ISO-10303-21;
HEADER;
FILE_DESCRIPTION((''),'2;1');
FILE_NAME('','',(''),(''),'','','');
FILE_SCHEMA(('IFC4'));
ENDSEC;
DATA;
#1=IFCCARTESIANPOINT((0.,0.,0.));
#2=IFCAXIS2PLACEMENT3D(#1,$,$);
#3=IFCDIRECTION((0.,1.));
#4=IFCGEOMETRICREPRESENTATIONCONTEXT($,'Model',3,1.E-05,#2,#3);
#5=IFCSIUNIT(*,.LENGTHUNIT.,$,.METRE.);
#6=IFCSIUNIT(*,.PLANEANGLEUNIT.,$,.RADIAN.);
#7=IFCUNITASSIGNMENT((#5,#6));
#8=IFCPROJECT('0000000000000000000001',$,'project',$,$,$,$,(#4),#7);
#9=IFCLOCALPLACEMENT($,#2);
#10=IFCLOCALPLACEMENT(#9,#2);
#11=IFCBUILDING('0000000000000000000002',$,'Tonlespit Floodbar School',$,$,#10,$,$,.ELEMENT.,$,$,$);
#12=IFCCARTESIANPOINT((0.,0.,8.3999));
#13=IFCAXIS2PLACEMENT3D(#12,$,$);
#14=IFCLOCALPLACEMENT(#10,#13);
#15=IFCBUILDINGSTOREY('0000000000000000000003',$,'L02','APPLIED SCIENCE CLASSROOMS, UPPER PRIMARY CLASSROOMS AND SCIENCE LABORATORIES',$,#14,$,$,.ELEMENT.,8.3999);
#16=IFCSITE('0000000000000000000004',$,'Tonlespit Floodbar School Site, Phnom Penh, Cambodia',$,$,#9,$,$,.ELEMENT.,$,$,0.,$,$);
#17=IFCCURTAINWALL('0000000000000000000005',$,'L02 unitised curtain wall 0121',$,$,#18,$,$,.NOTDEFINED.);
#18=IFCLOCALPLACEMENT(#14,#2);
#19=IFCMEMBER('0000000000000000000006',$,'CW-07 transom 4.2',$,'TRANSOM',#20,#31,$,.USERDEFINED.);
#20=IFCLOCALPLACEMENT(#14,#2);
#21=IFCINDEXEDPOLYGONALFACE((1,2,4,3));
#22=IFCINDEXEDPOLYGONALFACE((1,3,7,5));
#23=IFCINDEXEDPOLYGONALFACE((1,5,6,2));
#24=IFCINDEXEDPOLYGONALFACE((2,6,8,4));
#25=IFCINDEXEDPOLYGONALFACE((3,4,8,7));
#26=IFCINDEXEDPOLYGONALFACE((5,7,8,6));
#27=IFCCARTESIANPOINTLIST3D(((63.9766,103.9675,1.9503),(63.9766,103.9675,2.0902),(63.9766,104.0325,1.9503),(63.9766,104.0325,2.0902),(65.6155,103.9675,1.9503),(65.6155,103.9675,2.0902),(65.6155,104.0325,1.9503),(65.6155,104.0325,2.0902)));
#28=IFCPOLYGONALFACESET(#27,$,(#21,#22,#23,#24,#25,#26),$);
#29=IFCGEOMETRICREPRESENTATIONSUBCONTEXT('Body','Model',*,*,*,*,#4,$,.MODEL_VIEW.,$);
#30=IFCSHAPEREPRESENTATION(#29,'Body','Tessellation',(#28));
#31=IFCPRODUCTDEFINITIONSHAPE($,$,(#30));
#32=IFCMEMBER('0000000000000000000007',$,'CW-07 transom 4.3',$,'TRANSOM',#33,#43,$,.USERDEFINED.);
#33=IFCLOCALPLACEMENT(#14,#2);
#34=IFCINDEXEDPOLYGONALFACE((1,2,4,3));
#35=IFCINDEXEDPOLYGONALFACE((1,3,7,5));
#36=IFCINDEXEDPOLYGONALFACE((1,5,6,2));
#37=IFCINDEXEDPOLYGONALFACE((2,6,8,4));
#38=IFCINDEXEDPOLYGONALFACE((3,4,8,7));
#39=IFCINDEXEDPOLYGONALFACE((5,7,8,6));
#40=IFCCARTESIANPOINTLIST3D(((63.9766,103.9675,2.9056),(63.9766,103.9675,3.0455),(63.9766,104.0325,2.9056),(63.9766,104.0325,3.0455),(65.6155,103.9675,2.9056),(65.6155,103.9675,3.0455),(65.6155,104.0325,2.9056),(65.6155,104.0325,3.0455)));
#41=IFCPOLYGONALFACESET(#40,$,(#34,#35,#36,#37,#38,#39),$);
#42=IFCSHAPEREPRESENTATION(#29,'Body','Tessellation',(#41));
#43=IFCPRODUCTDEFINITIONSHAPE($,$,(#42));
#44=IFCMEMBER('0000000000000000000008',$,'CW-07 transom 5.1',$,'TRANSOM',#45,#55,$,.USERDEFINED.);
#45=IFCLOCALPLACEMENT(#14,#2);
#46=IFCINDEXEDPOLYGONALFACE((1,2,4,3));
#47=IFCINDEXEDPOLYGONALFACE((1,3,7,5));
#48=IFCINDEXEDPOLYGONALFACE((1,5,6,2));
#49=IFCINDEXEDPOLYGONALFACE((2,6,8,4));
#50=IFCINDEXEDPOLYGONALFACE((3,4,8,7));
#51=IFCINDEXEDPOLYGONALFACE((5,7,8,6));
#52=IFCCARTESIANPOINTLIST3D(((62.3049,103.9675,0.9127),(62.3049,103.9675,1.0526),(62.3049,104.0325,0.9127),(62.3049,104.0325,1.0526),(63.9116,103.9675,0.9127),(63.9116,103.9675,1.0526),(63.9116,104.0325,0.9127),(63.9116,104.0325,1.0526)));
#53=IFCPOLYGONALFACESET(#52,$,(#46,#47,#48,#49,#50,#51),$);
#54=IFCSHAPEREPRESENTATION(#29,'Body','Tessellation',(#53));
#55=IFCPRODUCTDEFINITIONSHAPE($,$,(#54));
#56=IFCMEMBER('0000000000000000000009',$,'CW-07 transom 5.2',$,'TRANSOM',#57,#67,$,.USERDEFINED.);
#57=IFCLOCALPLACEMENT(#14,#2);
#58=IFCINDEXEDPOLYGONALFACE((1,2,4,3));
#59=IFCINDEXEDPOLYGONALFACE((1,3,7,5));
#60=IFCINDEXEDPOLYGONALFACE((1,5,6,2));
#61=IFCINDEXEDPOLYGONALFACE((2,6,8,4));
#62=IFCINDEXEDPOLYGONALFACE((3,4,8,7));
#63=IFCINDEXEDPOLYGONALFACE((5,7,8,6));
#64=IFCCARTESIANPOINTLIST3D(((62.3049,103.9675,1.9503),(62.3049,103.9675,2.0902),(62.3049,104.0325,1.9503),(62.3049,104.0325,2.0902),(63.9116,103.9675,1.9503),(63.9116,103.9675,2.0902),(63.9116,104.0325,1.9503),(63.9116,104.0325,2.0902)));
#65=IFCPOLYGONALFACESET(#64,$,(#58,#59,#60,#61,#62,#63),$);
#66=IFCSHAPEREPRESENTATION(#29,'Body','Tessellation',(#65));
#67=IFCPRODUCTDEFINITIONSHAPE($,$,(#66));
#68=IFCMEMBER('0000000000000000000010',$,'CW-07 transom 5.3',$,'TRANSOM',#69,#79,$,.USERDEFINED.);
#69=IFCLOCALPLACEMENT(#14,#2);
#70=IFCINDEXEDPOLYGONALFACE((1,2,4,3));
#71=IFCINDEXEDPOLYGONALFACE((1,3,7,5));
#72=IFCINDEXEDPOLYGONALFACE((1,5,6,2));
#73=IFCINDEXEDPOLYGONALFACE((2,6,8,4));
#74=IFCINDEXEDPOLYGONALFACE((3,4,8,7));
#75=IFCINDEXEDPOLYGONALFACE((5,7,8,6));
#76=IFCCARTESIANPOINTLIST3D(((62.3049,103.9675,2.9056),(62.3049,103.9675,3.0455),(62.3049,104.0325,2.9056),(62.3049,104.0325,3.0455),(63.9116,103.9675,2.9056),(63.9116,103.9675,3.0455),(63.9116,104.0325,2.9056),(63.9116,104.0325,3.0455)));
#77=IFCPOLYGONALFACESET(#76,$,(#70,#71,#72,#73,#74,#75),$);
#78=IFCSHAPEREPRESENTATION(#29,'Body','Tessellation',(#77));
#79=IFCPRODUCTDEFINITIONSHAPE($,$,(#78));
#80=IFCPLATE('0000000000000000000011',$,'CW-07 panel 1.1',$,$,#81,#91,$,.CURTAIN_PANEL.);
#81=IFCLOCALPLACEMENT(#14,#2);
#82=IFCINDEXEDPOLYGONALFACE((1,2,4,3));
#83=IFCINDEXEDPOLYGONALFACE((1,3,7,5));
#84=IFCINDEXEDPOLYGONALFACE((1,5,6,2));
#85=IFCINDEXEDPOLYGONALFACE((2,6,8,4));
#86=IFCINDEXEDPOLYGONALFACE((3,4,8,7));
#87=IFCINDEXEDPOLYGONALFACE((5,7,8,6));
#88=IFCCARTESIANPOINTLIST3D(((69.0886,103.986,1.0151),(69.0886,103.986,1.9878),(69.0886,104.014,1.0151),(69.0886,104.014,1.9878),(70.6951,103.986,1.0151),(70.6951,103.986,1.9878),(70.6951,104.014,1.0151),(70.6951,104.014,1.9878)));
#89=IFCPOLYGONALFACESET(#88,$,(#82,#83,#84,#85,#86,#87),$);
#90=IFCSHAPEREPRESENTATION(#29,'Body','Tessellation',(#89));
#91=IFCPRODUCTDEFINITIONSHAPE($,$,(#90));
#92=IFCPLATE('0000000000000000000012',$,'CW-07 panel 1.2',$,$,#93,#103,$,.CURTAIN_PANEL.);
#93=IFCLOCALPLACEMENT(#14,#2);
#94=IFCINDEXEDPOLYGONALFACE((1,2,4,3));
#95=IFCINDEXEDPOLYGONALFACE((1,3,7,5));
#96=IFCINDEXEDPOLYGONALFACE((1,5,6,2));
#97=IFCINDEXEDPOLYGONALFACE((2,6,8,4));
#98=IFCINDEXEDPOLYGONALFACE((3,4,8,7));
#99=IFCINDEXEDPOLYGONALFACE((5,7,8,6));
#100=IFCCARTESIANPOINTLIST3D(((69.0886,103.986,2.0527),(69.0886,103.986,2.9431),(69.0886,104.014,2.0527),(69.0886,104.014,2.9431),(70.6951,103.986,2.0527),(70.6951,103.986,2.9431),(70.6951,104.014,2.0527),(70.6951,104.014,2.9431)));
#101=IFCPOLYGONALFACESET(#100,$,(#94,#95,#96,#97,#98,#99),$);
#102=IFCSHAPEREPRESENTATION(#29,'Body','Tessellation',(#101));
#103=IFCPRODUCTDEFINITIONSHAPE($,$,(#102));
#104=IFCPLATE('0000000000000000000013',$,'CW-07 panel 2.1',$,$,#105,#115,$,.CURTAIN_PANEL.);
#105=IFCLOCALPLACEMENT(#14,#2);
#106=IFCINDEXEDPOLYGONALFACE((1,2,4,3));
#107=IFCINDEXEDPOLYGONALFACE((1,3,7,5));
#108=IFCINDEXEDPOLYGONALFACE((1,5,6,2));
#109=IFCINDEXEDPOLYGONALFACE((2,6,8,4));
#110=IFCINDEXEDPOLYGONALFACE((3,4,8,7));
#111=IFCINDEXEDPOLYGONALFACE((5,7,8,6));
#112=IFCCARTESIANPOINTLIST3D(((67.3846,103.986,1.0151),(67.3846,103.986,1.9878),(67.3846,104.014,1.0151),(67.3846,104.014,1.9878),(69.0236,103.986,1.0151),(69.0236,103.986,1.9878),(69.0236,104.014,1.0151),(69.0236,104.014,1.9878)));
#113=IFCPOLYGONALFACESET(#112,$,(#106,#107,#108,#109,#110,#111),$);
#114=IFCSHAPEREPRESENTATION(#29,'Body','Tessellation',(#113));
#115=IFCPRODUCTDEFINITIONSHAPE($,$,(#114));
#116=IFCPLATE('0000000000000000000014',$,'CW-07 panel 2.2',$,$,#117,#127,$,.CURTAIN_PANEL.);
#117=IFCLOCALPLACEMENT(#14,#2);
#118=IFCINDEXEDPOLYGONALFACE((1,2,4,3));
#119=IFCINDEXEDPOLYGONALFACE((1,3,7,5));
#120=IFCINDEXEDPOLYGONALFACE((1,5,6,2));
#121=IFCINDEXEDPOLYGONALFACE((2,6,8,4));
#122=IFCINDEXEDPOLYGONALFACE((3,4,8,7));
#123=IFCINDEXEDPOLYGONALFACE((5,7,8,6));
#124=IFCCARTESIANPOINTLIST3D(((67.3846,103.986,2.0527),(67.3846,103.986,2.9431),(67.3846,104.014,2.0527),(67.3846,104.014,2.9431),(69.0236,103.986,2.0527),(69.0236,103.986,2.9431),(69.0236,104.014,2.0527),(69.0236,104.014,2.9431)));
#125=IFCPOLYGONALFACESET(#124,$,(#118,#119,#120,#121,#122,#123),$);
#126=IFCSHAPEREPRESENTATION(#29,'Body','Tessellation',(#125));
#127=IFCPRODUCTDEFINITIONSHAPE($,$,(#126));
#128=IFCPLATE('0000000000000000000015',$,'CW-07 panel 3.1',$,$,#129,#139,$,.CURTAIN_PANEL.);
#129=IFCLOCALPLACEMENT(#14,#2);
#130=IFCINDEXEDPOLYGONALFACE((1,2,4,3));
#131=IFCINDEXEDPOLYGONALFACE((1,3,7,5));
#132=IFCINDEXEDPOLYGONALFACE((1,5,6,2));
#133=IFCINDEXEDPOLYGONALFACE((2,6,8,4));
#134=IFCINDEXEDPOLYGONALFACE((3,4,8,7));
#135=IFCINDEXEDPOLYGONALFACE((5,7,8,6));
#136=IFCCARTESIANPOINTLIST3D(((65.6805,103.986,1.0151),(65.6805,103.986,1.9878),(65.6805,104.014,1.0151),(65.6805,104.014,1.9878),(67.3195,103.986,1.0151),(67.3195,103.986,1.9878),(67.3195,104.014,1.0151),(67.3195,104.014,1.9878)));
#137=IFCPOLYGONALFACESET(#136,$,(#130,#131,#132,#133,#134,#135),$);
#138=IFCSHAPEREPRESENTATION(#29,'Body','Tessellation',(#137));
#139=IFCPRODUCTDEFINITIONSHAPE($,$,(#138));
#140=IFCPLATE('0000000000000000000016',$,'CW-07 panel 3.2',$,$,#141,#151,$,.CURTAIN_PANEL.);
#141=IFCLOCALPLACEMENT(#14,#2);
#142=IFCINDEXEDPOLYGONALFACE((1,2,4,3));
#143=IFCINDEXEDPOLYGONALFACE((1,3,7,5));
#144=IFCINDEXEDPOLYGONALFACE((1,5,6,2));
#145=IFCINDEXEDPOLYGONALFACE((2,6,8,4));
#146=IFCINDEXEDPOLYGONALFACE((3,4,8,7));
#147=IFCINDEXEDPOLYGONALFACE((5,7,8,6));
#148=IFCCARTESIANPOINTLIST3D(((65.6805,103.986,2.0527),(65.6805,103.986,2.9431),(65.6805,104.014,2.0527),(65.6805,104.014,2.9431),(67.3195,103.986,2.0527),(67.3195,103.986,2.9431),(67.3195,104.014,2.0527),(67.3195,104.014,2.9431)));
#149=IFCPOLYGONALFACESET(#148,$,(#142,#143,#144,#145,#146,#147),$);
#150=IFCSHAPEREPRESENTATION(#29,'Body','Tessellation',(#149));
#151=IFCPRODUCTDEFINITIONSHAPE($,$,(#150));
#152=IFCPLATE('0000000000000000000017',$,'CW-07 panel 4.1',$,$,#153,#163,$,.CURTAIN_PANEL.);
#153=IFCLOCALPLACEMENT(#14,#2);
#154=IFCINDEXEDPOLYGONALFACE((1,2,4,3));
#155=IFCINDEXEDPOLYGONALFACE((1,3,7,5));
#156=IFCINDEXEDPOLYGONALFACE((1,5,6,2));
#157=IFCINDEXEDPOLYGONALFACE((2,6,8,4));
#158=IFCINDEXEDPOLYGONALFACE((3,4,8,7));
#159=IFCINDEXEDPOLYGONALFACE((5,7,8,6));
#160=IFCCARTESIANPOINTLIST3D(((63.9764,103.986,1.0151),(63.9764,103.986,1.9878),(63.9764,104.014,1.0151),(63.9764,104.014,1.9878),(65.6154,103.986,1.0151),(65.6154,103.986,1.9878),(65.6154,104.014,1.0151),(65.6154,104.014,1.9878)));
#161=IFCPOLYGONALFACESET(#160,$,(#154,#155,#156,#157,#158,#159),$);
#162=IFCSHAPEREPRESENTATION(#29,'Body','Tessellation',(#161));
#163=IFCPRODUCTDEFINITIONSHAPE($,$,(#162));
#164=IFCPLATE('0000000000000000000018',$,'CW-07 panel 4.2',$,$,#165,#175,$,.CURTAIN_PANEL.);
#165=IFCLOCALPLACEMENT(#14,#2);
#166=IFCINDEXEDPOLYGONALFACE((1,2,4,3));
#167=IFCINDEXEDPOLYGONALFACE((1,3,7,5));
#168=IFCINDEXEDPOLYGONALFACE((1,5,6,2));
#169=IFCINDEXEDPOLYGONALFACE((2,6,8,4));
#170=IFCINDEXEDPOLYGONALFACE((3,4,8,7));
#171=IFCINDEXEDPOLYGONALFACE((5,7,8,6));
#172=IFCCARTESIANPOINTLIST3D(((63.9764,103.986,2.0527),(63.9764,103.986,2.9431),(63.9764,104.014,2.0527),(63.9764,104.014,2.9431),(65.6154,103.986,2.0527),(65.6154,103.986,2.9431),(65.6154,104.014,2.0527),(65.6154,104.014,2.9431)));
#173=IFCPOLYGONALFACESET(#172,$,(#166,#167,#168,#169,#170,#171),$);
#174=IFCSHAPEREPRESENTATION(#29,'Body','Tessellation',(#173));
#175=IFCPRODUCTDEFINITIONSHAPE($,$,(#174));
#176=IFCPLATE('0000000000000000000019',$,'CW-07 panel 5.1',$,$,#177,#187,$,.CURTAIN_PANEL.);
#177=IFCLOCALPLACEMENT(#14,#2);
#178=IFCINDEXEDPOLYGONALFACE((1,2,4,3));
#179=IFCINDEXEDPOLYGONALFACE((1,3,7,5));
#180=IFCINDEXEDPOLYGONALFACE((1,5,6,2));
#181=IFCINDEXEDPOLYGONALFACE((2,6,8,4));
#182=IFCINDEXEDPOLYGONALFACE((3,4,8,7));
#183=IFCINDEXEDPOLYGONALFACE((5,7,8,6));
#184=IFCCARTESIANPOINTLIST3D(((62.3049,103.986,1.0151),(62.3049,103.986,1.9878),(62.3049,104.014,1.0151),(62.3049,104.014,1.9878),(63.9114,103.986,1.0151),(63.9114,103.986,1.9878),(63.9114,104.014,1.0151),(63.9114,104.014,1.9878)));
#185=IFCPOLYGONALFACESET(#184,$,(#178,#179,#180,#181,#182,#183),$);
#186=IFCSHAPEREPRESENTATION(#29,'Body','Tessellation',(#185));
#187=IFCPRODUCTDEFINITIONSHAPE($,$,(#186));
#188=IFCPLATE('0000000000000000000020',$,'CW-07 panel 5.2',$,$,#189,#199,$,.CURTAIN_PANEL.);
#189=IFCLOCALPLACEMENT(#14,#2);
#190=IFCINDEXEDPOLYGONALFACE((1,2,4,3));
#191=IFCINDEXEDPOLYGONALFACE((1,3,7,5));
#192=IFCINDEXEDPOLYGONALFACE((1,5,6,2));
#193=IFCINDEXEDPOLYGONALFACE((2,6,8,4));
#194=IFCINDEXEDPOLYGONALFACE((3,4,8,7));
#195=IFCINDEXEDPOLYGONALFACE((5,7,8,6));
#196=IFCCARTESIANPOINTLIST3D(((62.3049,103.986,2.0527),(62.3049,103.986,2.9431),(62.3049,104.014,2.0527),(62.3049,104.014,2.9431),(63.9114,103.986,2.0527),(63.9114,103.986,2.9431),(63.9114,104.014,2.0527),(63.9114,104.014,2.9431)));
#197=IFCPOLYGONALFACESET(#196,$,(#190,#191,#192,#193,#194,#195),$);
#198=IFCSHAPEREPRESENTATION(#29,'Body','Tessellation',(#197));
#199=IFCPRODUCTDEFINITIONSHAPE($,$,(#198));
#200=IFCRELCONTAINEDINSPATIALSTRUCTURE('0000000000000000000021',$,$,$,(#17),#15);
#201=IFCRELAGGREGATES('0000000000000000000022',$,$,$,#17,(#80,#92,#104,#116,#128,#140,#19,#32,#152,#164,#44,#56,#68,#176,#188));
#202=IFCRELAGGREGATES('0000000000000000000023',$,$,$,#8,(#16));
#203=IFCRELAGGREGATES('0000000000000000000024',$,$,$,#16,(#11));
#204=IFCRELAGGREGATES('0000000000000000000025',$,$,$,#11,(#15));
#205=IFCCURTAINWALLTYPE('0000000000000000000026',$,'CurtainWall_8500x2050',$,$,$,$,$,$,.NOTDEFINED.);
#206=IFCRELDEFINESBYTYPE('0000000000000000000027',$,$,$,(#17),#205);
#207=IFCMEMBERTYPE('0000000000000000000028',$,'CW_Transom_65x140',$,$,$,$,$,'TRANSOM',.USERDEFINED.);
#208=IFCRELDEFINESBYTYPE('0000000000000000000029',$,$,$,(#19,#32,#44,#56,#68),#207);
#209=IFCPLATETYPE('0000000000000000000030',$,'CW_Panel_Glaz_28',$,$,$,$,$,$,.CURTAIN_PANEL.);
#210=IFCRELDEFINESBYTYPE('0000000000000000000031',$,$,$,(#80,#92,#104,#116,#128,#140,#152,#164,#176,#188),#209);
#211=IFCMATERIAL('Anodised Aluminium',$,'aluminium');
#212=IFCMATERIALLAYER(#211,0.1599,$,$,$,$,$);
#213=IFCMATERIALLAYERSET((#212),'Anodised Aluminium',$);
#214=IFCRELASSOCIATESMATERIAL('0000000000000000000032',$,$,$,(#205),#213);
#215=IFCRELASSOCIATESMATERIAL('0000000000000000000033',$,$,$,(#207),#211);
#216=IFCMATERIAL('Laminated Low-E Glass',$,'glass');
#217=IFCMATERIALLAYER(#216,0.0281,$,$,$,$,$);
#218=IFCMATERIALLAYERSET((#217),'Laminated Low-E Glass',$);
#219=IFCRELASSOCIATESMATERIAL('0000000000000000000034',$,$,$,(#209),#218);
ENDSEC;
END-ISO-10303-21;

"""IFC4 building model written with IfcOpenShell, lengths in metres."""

from ifc_helpers import new_model, si_unit, direction, frame, origin, origin_2d, place, context, subcontext, project, spatial, rectangle, extrude, material, layer, layer_set, material_profile, profile_set, type_object, element, aggregate, save


model = new_model("IFC4")

# Units and contexts
model_context = context("Model", 3, precision=1e-05, world=origin(), true_north=direction((0.0, 1.0)))
body_context = subcontext(model_context, "Body", "Model", "MODEL_VIEW")
ifc_project = project(units=[si_unit("LENGTHUNIT", "METRE"), si_unit("PLANEANGLEUNIT", "RADIAN")], contexts=[model_context])

# Site, building, storey
site_placement = place(None, origin())
site = spatial("IfcSite", under=ifc_project, at=site_placement, Name="Tonlespit Floodbar School Site, Phnom Penh, Cambodia", CompositionType="ELEMENT", RefElevation=0.0)
building_placement = place(site_placement, origin())
building = spatial("IfcBuilding", under=site, at=building_placement, Name="Tonlespit Floodbar School", CompositionType="ELEMENT")
storey_placement = place(building_placement, frame((0.0, 0.0, 8.3999)))
storey = spatial("IfcBuildingStorey", under=building, at=storey_placement, Name="L02", Description="APPLIED SCIENCE CLASSROOMS, UPPER PRIMARY CLASSROOMS AND SCIENCE LABORATORIES", CompositionType="ELEMENT", Elevation=8.3999)

# Curtain wall, members, plates
ifc_material_1 = material(Name="Anodised Aluminium", Category="aluminium")
ifc_layer_1 = layer(ifc_material_1, 0.1599)
ifc_layer_set_1 = layer_set([ifc_layer_1], Name="Anodised Aluminium")
curtain_wall_type = type_object("IfcCurtainWallType", Name="CurtainWall_8500x2050", PredefinedType="NOTDEFINED", material=ifc_layer_set_1)
curtain_wall_placement = place(storey_placement, origin())
curtain_wall = element("IfcCurtainWall", 1, at=curtain_wall_placement, inside=storey, type_object=curtain_wall_type, Name="L02 unitised curtain wall 0121", PredefinedType="NOTDEFINED")
ifc_material_profile_1 = material_profile(ifc_material_1, rectangle(XDim=0.0649, YDim=0.1399, at=origin_2d()), Name="ALU T65x140")
ifc_profile_set_1 = profile_set([ifc_material_profile_1], Name="Anodised Aluminium")
member_type_1 = type_object("IfcMemberType", Name="CW_Transom_65x140", ElementType="TRANSOM", PredefinedType="USERDEFINED", material=ifc_profile_set_1)
member_1_placement = place(storey_placement, frame((65.6155, 104.0, 2.0203), z_axis=(-1.0, 0.0, 0.0), x_axis=(0.0, -1.0, 0.0)))
member_1 = element("IfcMember", 2, at=member_1_placement, type_object=member_type_1, Name="CW-07 transom 4.2", ObjectType="TRANSOM", PredefinedType="USERDEFINED", context=body_context, shape_type="SweptSolid", body=[
    extrude(rectangle(XDim=0.0649, YDim=0.1399, at=origin_2d()), origin(), (0.0, 0.0, 1.0), 1.6389),
])
member_2_placement = place(storey_placement, frame((65.6155, 104.0, 2.9756), z_axis=(-1.0, 0.0, 0.0), x_axis=(0.0, -1.0, 0.0)))
member_2 = element("IfcMember", 3, at=member_2_placement, type_object=member_type_1, Name="CW-07 transom 4.3", ObjectType="TRANSOM", PredefinedType="USERDEFINED", context=body_context, shape_type="SweptSolid", body=[
    extrude(rectangle(XDim=0.0649, YDim=0.1399, at=origin_2d()), origin(), (0.0, 0.0, 1.0), 1.6389),
])
member_3_placement = place(storey_placement, frame((63.9116, 104.0, 0.9827), z_axis=(-1.0, 0.0, 0.0), x_axis=(0.0, -1.0, 0.0)))
member_3 = element("IfcMember", 4, at=member_3_placement, type_object=member_type_1, Name="CW-07 transom 5.1", ObjectType="TRANSOM", PredefinedType="USERDEFINED", context=body_context, shape_type="SweptSolid", body=[
    extrude(rectangle(XDim=0.0649, YDim=0.1399, at=origin_2d()), origin(), (0.0, 0.0, 1.0), 1.6067),
])
member_4_placement = place(storey_placement, frame((63.9116, 104.0, 2.0203), z_axis=(-1.0, 0.0, 0.0), x_axis=(0.0, -1.0, 0.0)))
member_4 = element("IfcMember", 5, at=member_4_placement, type_object=member_type_1, Name="CW-07 transom 5.2", ObjectType="TRANSOM", PredefinedType="USERDEFINED", context=body_context, shape_type="SweptSolid", body=[
    extrude(rectangle(XDim=0.0649, YDim=0.1399, at=origin_2d()), origin(), (0.0, 0.0, 1.0), 1.6067),
])
member_5_placement = place(storey_placement, frame((63.9116, 104.0, 2.9756), z_axis=(-1.0, 0.0, 0.0), x_axis=(0.0, -1.0, 0.0)))
member_5 = element("IfcMember", 6, at=member_5_placement, type_object=member_type_1, Name="CW-07 transom 5.3", ObjectType="TRANSOM", PredefinedType="USERDEFINED", context=body_context, shape_type="SweptSolid", body=[
    extrude(rectangle(XDim=0.0649, YDim=0.1399, at=origin_2d()), origin(), (0.0, 0.0, 1.0), 1.6067),
])
ifc_material_2 = material(Name="Laminated Low-E Glass", Category="glass")
ifc_layer_2 = layer(ifc_material_2, 0.0281)
ifc_layer_set_2 = layer_set([ifc_layer_2], Name="Laminated Low-E Glass")
plate_type_1 = type_object("IfcPlateType", Name="CW_Panel_Glaz_28", PredefinedType="CURTAIN_PANEL", material=ifc_layer_set_2)
plate_1_placement = place(storey_placement, frame((69.8918, 104.0, 1.0151), z_axis=(0.0, 0.0, 1.0), x_axis=(-1.0, 0.0, 0.0)))
plate_1 = element("IfcPlate", 7, at=plate_1_placement, type_object=plate_type_1, Name="CW-07 panel 1.1", PredefinedType="CURTAIN_PANEL", context=body_context, shape_type="SweptSolid", body=[
    extrude(rectangle(XDim=1.6064, YDim=0.0281, at=origin_2d()), origin(), (0.0, 0.0, 1.0), 0.9727),
])
plate_2_placement = place(storey_placement, frame((69.8918, 104.0, 2.0527), z_axis=(0.0, 0.0, 1.0), x_axis=(-1.0, 0.0, 0.0)))
plate_2 = element("IfcPlate", 8, at=plate_2_placement, type_object=plate_type_1, Name="CW-07 panel 1.2", PredefinedType="CURTAIN_PANEL", context=body_context, shape_type="SweptSolid", body=[
    extrude(rectangle(XDim=1.6064, YDim=0.0281, at=origin_2d()), origin(), (0.0, 0.0, 1.0), 0.8904),
])
plate_3_placement = place(storey_placement, frame((68.2041, 104.0, 1.0151), z_axis=(0.0, 0.0, 1.0), x_axis=(-1.0, 0.0, 0.0)))
plate_3 = element("IfcPlate", 9, at=plate_3_placement, type_object=plate_type_1, Name="CW-07 panel 2.1", PredefinedType="CURTAIN_PANEL", context=body_context, shape_type="SweptSolid", body=[
    extrude(rectangle(XDim=1.6389, YDim=0.0281, at=origin_2d()), origin(), (0.0, 0.0, 1.0), 0.9727),
])
plate_4_placement = place(storey_placement, frame((68.2041, 104.0, 2.0527), z_axis=(0.0, 0.0, 1.0), x_axis=(-1.0, 0.0, 0.0)))
plate_4 = element("IfcPlate", 10, at=plate_4_placement, type_object=plate_type_1, Name="CW-07 panel 2.2", PredefinedType="CURTAIN_PANEL", context=body_context, shape_type="SweptSolid", body=[
    extrude(rectangle(XDim=1.6389, YDim=0.0281, at=origin_2d()), origin(), (0.0, 0.0, 1.0), 0.8904),
])
plate_5_placement = place(storey_placement, frame((66.5, 104.0, 1.0151), z_axis=(0.0, 0.0, 1.0), x_axis=(-1.0, 0.0, 0.0)))
plate_5 = element("IfcPlate", 11, at=plate_5_placement, type_object=plate_type_1, Name="CW-07 panel 3.1", PredefinedType="CURTAIN_PANEL", context=body_context, shape_type="SweptSolid", body=[
    extrude(rectangle(XDim=1.6389, YDim=0.0281, at=origin_2d()), origin(), (0.0, 0.0, 1.0), 0.9727),
])
plate_6_placement = place(storey_placement, frame((66.5, 104.0, 2.0527), z_axis=(0.0, 0.0, 1.0), x_axis=(-1.0, 0.0, 0.0)))
plate_6 = element("IfcPlate", 12, at=plate_6_placement, type_object=plate_type_1, Name="CW-07 panel 3.2", PredefinedType="CURTAIN_PANEL", context=body_context, shape_type="SweptSolid", body=[
    extrude(rectangle(XDim=1.6389, YDim=0.0281, at=origin_2d()), origin(), (0.0, 0.0, 1.0), 0.8904),
])
plate_7_placement = place(storey_placement, frame((64.7959, 104.0, 1.0151), z_axis=(0.0, 0.0, 1.0), x_axis=(-1.0, 0.0, 0.0)))
plate_7 = element("IfcPlate", 13, at=plate_7_placement, type_object=plate_type_1, Name="CW-07 panel 4.1", PredefinedType="CURTAIN_PANEL", context=body_context, shape_type="SweptSolid", body=[
    extrude(rectangle(XDim=1.6389, YDim=0.0281, at=origin_2d()), origin(), (0.0, 0.0, 1.0), 0.9727),
])
plate_8_placement = place(storey_placement, frame((64.7959, 104.0, 2.0527), z_axis=(0.0, 0.0, 1.0), x_axis=(-1.0, 0.0, 0.0)))
plate_8 = element("IfcPlate", 14, at=plate_8_placement, type_object=plate_type_1, Name="CW-07 panel 4.2", PredefinedType="CURTAIN_PANEL", context=body_context, shape_type="SweptSolid", body=[
    extrude(rectangle(XDim=1.6389, YDim=0.0281, at=origin_2d()), origin(), (0.0, 0.0, 1.0), 0.8904),
])
plate_9_placement = place(storey_placement, frame((63.1082, 104.0, 1.0151), z_axis=(0.0, 0.0, 1.0), x_axis=(-1.0, 0.0, 0.0)))
plate_9 = element("IfcPlate", 15, at=plate_9_placement, type_object=plate_type_1, Name="CW-07 panel 5.1", PredefinedType="CURTAIN_PANEL", context=body_context, shape_type="SweptSolid", body=[
    extrude(rectangle(XDim=1.6064, YDim=0.0281, at=origin_2d()), origin(), (0.0, 0.0, 1.0), 0.9727),
])
plate_10_placement = place(storey_placement, frame((63.1082, 104.0, 2.0527), z_axis=(0.0, 0.0, 1.0), x_axis=(-1.0, 0.0, 0.0)))
plate_10 = element("IfcPlate", 16, at=plate_10_placement, type_object=plate_type_1, Name="CW-07 panel 5.2", PredefinedType="CURTAIN_PANEL", context=body_context, shape_type="SweptSolid", body=[
    extrude(rectangle(XDim=1.6064, YDim=0.0281, at=origin_2d()), origin(), (0.0, 0.0, 1.0), 0.8904),
])
aggregate(curtain_wall, [plate_1, plate_2, plate_3, plate_4, plate_5, plate_6, member_1, member_2, plate_7, plate_8, member_3, member_4, member_5, plate_9, plate_10])

save(model, "model.ifc")
